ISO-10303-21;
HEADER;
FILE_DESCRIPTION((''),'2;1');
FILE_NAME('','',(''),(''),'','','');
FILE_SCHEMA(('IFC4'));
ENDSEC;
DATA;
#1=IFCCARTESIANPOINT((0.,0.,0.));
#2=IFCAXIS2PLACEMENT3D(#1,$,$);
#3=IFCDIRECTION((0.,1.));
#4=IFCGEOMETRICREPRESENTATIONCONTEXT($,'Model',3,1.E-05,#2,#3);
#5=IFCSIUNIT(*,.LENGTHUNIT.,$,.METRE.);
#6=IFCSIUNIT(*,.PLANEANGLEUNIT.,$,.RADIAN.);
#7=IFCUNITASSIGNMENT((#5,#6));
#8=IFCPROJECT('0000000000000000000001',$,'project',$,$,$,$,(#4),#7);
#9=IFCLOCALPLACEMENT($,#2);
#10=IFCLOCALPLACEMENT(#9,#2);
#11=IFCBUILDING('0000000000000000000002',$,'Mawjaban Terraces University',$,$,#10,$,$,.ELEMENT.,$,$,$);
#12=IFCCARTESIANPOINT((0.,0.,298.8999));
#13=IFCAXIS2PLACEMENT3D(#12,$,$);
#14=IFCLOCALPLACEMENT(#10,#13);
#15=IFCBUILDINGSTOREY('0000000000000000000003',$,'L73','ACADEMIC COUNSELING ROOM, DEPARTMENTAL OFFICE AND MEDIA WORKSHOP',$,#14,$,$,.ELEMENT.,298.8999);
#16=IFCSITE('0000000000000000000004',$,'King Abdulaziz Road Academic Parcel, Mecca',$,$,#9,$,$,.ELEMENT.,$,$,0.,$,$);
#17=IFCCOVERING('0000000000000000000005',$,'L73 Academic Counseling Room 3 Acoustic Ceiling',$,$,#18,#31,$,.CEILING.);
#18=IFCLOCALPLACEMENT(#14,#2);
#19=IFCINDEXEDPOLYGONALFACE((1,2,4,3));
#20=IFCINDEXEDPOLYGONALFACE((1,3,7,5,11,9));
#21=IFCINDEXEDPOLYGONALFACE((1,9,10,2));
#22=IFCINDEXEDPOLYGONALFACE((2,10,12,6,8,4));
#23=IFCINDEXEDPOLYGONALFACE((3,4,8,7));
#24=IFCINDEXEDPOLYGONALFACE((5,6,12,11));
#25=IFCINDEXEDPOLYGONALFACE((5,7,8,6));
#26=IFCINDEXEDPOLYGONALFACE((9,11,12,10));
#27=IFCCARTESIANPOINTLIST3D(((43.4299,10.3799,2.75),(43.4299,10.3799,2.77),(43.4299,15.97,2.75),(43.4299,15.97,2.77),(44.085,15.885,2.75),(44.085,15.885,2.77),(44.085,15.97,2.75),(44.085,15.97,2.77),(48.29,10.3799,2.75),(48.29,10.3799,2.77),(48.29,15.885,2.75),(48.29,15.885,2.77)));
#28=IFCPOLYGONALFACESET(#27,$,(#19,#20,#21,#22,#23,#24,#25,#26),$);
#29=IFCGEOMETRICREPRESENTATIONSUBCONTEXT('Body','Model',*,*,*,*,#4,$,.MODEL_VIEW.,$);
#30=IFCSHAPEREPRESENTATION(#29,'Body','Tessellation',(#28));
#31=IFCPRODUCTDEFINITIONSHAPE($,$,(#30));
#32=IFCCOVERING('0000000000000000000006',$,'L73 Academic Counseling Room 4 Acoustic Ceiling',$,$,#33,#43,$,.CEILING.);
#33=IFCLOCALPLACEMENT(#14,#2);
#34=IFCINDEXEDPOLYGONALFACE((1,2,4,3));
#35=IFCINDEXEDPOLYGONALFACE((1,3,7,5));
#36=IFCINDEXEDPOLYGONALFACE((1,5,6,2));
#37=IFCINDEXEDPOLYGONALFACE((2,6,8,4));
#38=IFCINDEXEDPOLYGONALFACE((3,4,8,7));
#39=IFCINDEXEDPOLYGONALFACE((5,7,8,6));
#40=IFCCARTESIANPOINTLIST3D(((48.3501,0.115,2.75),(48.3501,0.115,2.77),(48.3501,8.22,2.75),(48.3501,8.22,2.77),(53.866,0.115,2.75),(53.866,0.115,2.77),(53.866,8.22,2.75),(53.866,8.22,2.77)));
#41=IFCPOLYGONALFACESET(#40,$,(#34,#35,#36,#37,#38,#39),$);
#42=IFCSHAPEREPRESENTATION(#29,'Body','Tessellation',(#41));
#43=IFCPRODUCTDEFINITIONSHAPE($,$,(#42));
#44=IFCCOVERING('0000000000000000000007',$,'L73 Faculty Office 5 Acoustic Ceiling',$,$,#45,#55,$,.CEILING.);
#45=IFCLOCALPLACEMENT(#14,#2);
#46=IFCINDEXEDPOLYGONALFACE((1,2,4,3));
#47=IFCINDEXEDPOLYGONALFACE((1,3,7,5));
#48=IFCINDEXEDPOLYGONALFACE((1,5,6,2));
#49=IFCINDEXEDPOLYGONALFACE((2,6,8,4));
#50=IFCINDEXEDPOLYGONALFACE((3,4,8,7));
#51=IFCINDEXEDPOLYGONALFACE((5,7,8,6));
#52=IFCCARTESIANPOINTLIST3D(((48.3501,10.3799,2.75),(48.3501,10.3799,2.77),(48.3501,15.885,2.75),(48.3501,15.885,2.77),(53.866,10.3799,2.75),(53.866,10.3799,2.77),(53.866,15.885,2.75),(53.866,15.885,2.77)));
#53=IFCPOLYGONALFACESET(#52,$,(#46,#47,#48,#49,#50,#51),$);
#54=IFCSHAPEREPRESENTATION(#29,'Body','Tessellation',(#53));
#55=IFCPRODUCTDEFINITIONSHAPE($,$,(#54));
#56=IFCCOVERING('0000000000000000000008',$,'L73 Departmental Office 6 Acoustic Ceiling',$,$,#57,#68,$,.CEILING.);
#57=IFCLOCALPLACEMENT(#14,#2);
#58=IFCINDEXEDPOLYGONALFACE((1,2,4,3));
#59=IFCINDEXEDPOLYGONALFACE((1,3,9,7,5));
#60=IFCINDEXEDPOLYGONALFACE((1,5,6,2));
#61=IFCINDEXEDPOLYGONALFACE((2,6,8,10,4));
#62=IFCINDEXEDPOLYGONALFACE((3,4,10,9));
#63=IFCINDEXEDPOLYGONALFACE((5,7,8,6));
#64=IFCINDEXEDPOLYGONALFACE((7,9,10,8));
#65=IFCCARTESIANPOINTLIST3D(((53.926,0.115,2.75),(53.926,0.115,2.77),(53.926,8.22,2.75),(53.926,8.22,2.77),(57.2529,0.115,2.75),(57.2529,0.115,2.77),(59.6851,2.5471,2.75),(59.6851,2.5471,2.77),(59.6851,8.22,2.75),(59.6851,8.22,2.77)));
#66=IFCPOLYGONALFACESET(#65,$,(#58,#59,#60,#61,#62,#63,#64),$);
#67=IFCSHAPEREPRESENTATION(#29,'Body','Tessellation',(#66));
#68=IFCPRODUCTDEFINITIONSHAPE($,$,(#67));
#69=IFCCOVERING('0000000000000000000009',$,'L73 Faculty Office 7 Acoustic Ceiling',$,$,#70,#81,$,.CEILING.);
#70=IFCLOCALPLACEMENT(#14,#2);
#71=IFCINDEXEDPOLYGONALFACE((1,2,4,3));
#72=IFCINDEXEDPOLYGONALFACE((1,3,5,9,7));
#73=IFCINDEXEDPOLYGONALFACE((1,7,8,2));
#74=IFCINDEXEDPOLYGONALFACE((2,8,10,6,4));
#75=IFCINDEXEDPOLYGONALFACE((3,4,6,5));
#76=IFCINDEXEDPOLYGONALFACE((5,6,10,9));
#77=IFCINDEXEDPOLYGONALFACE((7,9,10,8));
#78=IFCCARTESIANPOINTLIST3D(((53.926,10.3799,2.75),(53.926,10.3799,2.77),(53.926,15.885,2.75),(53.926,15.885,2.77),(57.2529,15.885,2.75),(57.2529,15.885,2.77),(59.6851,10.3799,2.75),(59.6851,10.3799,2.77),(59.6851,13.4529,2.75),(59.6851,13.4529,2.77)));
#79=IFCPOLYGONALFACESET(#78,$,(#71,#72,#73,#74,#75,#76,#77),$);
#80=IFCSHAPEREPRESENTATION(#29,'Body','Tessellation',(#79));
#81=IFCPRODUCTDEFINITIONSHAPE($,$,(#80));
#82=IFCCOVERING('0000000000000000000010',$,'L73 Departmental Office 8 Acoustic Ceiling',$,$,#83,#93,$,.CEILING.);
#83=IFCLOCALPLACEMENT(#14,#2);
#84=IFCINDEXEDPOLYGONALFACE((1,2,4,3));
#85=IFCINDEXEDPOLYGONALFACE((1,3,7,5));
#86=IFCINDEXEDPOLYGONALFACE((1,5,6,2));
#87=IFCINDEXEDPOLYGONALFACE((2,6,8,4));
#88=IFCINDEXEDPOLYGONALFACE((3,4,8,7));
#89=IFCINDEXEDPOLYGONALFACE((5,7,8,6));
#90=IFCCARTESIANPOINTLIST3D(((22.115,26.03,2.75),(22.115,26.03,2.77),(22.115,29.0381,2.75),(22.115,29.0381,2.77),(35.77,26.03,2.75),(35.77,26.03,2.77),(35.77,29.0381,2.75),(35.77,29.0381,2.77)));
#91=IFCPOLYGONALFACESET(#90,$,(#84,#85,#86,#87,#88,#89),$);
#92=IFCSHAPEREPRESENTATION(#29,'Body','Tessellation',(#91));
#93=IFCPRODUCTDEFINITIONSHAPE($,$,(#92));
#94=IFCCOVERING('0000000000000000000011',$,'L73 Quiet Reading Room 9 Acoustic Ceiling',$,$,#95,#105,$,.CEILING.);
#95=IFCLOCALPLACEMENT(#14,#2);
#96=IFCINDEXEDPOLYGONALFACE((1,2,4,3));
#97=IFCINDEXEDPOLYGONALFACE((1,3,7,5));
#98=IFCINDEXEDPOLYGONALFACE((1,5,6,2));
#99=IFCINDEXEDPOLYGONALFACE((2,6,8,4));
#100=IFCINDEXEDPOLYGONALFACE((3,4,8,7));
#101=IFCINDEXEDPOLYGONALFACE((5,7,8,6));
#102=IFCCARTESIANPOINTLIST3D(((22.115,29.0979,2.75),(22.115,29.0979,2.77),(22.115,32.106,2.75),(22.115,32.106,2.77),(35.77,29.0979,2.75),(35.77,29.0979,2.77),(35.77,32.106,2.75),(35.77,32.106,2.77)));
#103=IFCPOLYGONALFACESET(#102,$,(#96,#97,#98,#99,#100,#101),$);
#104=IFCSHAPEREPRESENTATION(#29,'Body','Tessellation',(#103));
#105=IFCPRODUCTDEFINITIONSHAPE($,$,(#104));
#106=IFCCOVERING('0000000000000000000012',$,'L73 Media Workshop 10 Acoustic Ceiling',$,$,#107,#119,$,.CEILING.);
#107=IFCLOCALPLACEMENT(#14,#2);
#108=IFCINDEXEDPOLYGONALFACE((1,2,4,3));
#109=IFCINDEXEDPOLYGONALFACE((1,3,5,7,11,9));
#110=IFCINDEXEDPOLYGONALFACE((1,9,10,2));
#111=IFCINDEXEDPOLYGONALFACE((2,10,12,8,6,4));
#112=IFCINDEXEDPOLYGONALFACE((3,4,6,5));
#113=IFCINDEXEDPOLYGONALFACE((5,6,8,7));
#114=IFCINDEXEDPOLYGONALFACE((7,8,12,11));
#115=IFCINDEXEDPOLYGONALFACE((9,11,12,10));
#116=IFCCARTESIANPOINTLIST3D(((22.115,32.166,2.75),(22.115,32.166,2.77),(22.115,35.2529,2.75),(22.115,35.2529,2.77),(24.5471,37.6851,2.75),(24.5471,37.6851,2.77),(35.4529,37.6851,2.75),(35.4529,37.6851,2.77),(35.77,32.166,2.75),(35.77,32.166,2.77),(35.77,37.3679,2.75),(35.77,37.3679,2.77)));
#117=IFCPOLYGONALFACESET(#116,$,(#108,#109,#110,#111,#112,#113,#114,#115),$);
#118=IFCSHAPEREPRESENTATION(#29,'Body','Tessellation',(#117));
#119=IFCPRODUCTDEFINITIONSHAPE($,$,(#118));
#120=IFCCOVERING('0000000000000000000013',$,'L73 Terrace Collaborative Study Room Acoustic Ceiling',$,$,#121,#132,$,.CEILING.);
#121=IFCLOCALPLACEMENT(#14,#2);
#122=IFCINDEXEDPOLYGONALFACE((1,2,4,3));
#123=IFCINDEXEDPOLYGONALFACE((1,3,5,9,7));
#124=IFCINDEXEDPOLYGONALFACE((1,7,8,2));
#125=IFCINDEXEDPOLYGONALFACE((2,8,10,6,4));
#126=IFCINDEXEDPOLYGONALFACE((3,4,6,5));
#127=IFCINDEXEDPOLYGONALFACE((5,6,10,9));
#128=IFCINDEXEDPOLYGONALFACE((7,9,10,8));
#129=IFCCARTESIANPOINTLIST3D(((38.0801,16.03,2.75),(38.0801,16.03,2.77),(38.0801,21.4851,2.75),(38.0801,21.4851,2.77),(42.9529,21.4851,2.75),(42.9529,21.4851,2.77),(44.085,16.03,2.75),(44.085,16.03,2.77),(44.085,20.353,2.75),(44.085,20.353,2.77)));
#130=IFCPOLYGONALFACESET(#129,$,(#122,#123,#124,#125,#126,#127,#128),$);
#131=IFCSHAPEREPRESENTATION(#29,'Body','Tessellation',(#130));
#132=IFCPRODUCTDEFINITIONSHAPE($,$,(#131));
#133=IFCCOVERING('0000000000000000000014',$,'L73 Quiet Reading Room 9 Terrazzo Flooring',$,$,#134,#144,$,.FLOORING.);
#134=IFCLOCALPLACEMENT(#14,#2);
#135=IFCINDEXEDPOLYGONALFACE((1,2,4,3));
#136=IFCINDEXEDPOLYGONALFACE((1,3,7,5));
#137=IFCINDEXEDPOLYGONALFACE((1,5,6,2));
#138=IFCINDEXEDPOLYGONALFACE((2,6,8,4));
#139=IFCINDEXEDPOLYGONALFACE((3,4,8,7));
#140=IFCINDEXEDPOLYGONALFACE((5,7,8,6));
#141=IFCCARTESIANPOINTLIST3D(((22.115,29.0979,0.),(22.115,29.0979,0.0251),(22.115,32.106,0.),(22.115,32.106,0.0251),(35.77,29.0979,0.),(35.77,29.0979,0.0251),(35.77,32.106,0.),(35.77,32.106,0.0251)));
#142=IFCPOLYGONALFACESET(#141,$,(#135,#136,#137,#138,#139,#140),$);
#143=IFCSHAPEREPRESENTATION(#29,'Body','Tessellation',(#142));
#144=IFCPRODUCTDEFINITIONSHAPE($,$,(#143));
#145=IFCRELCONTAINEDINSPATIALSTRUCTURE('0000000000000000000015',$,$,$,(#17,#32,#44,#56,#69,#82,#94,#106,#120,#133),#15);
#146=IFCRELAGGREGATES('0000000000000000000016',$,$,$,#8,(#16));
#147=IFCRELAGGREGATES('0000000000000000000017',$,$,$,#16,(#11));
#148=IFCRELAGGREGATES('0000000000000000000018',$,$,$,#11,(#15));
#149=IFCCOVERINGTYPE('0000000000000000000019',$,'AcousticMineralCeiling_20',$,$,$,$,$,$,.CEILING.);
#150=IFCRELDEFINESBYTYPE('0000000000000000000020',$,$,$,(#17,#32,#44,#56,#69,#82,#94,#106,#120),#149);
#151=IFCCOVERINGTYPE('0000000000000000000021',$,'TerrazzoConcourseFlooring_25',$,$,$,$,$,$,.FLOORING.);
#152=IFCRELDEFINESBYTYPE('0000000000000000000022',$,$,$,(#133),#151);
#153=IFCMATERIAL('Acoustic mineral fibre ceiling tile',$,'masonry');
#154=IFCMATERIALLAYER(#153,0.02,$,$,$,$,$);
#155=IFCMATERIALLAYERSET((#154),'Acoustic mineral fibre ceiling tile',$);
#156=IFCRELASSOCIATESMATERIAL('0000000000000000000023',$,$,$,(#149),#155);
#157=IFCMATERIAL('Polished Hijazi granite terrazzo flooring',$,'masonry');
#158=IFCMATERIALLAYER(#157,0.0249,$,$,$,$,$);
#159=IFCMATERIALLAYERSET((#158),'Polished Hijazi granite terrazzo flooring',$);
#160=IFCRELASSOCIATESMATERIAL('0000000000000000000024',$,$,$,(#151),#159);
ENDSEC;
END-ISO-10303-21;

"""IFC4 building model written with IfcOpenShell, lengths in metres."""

from ifc_helpers import new_model, si_unit, direction, frame, origin, place, context, subcontext, project, spatial, polyline, outline, extrude, material, layer, layer_set, type_object, element, save


model = new_model("IFC4")

# Units and contexts
model_context = context("Model", 3, precision=1e-05, world=origin(), true_north=direction((0.0, 1.0)))
body_context = subcontext(model_context, "Body", "Model", "MODEL_VIEW")
ifc_project = project(units=[si_unit("LENGTHUNIT", "METRE"), si_unit("PLANEANGLEUNIT", "RADIAN")], contexts=[model_context])

# Site, building, storey
site_placement = place(None, origin())
site = spatial("IfcSite", under=ifc_project, at=site_placement, Name="King Abdulaziz Road Academic Parcel, Mecca", CompositionType="ELEMENT", RefElevation=0.0)
building_placement = place(site_placement, origin())
building = spatial("IfcBuilding", under=site, at=building_placement, Name="Mawjaban Terraces University", CompositionType="ELEMENT")
storey_placement = place(building_placement, frame((0.0, 0.0, 298.8999)))
storey = spatial("IfcBuildingStorey", under=building, at=storey_placement, Name="L73", Description="ACADEMIC COUNSELING ROOM, DEPARTMENTAL OFFICE AND MEDIA WORKSHOP", CompositionType="ELEMENT", Elevation=298.8999)

# Coverings
ifc_material_1 = material(Name="Acoustic mineral fibre ceiling tile", Category="masonry")
ifc_layer_1 = layer(ifc_material_1, 0.02)
ifc_layer_set_1 = layer_set([ifc_layer_1], Name="Acoustic mineral fibre ceiling tile")
covering_type_1 = type_object("IfcCoveringType", Name="AcousticMineralCeiling_20", PredefinedType="CEILING", material=ifc_layer_set_1)
covering_1_placement = place(storey_placement, frame((0.0, 0.0, 2.75)))
element("IfcCovering", 1, at=covering_1_placement, inside=storey, type_object=covering_type_1, Name="L73 Academic Counseling Room 3 Acoustic Ceiling", PredefinedType="CEILING", context=body_context, shape_type="SweptSolid", body=[
    extrude(outline(polyline([(48.29, 15.885), (44.085, 15.885), (44.085, 15.97), (43.4299, 15.97), (43.4299, 10.3799), (48.29, 10.3799), (48.29, 15.885)])), origin(), (0.0, 0.0, 1.0), 0.02),
])
covering_2_placement = place(storey_placement, frame((0.0, 0.0, 2.75)))
element("IfcCovering", 2, at=covering_2_placement, inside=storey, type_object=covering_type_1, Name="L73 Academic Counseling Room 4 Acoustic Ceiling", PredefinedType="CEILING", context=body_context, shape_type="SweptSolid", body=[
    extrude(outline(polyline([(48.3501, 0.115), (53.866, 0.115), (53.866, 8.22), (48.3501, 8.22), (48.3501, 0.115)])), origin(), (0.0, 0.0, 1.0), 0.02),
])
covering_3_placement = place(storey_placement, frame((0.0, 0.0, 2.75)))
element("IfcCovering", 3, at=covering_3_placement, inside=storey, type_object=covering_type_1, Name="L73 Faculty Office 5 Acoustic Ceiling", PredefinedType="CEILING", context=body_context, shape_type="SweptSolid", body=[
    extrude(outline(polyline([(53.866, 15.885), (48.3501, 15.885), (48.3501, 10.3799), (53.866, 10.3799), (53.866, 15.885)])), origin(), (0.0, 0.0, 1.0), 0.02),
])
covering_4_placement = place(storey_placement, frame((0.0, 0.0, 2.75)))
element("IfcCovering", 4, at=covering_4_placement, inside=storey, type_object=covering_type_1, Name="L73 Departmental Office 6 Acoustic Ceiling", PredefinedType="CEILING", context=body_context, shape_type="SweptSolid", body=[
    extrude(outline(polyline([(53.926, 0.115), (57.2529, 0.115), (59.6851, 2.5471), (59.6851, 8.22), (53.926, 8.22), (53.926, 0.115)])), origin(), (0.0, 0.0, 1.0), 0.02),
])
covering_5_placement = place(storey_placement, frame((0.0, 0.0, 2.75)))
element("IfcCovering", 5, at=covering_5_placement, inside=storey, type_object=covering_type_1, Name="L73 Faculty Office 7 Acoustic Ceiling", PredefinedType="CEILING", context=body_context, shape_type="SweptSolid", body=[
    extrude(outline(polyline([(59.6851, 10.3799), (59.6851, 13.4529), (57.2529, 15.885), (53.926, 15.885), (53.926, 10.3799), (59.6851, 10.3799)])), origin(), (0.0, 0.0, 1.0), 0.02),
])
covering_6_placement = place(storey_placement, frame((0.0, 0.0, 2.75)))
element("IfcCovering", 6, at=covering_6_placement, inside=storey, type_object=covering_type_1, Name="L73 Departmental Office 8 Acoustic Ceiling", PredefinedType="CEILING", context=body_context, shape_type="SweptSolid", body=[
    extrude(outline(polyline([(22.115, 29.0381), (22.115, 26.03), (35.77, 26.03), (35.77, 29.0381), (22.115, 29.0381)])), origin(), (0.0, 0.0, 1.0), 0.02),
])
covering_7_placement = place(storey_placement, frame((0.0, 0.0, 2.75)))
element("IfcCovering", 7, at=covering_7_placement, inside=storey, type_object=covering_type_1, Name="L73 Quiet Reading Room 9 Acoustic Ceiling", PredefinedType="CEILING", context=body_context, shape_type="SweptSolid", body=[
    extrude(outline(polyline([(22.115, 32.106), (22.115, 29.0979), (35.77, 29.0979), (35.77, 32.106), (22.115, 32.106)])), origin(), (0.0, 0.0, 1.0), 0.02),
])
covering_8_placement = place(storey_placement, frame((0.0, 0.0, 2.75)))
element("IfcCovering", 8, at=covering_8_placement, inside=storey, type_object=covering_type_1, Name="L73 Media Workshop 10 Acoustic Ceiling", PredefinedType="CEILING", context=body_context, shape_type="SweptSolid", body=[
    extrude(outline(polyline([(35.77, 37.3679), (35.4529, 37.6851), (24.5471, 37.6851), (22.115, 35.2529), (22.115, 32.166), (35.77, 32.166), (35.77, 37.3679)])), origin(), (0.0, 0.0, 1.0), 0.02),
])
covering_9_placement = place(storey_placement, frame((0.0, 0.0, 2.75)))
element("IfcCovering", 9, at=covering_9_placement, inside=storey, type_object=covering_type_1, Name="L73 Terrace Collaborative Study Room Acoustic Ceiling", PredefinedType="CEILING", context=body_context, shape_type="SweptSolid", body=[
    extrude(outline(polyline([(44.085, 16.03), (44.085, 20.353), (42.9529, 21.4851), (38.0801, 21.4851), (38.0801, 16.03), (44.085, 16.03)])), origin(), (0.0, 0.0, 1.0), 0.02),
])
ifc_material_2 = material(Name="Polished Hijazi granite terrazzo flooring", Category="masonry")
ifc_layer_2 = layer(ifc_material_2, 0.0249)
ifc_layer_set_2 = layer_set([ifc_layer_2], Name="Polished Hijazi granite terrazzo flooring")
covering_type_2 = type_object("IfcCoveringType", Name="TerrazzoConcourseFlooring_25", PredefinedType="FLOORING", material=ifc_layer_set_2)
covering_10_placement = place(storey_placement, origin())
element("IfcCovering", 10, at=covering_10_placement, inside=storey, type_object=covering_type_2, Name="L73 Quiet Reading Room 9 Terrazzo Flooring", PredefinedType="FLOORING", context=body_context, shape_type="SweptSolid", body=[
    extrude(outline(polyline([(22.115, 32.106), (22.115, 29.0979), (35.77, 29.0979), (35.77, 32.106), (22.115, 32.106)])), origin(), (0.0, 0.0, 1.0), 0.0251),
])

save(model, "model.ifc")
